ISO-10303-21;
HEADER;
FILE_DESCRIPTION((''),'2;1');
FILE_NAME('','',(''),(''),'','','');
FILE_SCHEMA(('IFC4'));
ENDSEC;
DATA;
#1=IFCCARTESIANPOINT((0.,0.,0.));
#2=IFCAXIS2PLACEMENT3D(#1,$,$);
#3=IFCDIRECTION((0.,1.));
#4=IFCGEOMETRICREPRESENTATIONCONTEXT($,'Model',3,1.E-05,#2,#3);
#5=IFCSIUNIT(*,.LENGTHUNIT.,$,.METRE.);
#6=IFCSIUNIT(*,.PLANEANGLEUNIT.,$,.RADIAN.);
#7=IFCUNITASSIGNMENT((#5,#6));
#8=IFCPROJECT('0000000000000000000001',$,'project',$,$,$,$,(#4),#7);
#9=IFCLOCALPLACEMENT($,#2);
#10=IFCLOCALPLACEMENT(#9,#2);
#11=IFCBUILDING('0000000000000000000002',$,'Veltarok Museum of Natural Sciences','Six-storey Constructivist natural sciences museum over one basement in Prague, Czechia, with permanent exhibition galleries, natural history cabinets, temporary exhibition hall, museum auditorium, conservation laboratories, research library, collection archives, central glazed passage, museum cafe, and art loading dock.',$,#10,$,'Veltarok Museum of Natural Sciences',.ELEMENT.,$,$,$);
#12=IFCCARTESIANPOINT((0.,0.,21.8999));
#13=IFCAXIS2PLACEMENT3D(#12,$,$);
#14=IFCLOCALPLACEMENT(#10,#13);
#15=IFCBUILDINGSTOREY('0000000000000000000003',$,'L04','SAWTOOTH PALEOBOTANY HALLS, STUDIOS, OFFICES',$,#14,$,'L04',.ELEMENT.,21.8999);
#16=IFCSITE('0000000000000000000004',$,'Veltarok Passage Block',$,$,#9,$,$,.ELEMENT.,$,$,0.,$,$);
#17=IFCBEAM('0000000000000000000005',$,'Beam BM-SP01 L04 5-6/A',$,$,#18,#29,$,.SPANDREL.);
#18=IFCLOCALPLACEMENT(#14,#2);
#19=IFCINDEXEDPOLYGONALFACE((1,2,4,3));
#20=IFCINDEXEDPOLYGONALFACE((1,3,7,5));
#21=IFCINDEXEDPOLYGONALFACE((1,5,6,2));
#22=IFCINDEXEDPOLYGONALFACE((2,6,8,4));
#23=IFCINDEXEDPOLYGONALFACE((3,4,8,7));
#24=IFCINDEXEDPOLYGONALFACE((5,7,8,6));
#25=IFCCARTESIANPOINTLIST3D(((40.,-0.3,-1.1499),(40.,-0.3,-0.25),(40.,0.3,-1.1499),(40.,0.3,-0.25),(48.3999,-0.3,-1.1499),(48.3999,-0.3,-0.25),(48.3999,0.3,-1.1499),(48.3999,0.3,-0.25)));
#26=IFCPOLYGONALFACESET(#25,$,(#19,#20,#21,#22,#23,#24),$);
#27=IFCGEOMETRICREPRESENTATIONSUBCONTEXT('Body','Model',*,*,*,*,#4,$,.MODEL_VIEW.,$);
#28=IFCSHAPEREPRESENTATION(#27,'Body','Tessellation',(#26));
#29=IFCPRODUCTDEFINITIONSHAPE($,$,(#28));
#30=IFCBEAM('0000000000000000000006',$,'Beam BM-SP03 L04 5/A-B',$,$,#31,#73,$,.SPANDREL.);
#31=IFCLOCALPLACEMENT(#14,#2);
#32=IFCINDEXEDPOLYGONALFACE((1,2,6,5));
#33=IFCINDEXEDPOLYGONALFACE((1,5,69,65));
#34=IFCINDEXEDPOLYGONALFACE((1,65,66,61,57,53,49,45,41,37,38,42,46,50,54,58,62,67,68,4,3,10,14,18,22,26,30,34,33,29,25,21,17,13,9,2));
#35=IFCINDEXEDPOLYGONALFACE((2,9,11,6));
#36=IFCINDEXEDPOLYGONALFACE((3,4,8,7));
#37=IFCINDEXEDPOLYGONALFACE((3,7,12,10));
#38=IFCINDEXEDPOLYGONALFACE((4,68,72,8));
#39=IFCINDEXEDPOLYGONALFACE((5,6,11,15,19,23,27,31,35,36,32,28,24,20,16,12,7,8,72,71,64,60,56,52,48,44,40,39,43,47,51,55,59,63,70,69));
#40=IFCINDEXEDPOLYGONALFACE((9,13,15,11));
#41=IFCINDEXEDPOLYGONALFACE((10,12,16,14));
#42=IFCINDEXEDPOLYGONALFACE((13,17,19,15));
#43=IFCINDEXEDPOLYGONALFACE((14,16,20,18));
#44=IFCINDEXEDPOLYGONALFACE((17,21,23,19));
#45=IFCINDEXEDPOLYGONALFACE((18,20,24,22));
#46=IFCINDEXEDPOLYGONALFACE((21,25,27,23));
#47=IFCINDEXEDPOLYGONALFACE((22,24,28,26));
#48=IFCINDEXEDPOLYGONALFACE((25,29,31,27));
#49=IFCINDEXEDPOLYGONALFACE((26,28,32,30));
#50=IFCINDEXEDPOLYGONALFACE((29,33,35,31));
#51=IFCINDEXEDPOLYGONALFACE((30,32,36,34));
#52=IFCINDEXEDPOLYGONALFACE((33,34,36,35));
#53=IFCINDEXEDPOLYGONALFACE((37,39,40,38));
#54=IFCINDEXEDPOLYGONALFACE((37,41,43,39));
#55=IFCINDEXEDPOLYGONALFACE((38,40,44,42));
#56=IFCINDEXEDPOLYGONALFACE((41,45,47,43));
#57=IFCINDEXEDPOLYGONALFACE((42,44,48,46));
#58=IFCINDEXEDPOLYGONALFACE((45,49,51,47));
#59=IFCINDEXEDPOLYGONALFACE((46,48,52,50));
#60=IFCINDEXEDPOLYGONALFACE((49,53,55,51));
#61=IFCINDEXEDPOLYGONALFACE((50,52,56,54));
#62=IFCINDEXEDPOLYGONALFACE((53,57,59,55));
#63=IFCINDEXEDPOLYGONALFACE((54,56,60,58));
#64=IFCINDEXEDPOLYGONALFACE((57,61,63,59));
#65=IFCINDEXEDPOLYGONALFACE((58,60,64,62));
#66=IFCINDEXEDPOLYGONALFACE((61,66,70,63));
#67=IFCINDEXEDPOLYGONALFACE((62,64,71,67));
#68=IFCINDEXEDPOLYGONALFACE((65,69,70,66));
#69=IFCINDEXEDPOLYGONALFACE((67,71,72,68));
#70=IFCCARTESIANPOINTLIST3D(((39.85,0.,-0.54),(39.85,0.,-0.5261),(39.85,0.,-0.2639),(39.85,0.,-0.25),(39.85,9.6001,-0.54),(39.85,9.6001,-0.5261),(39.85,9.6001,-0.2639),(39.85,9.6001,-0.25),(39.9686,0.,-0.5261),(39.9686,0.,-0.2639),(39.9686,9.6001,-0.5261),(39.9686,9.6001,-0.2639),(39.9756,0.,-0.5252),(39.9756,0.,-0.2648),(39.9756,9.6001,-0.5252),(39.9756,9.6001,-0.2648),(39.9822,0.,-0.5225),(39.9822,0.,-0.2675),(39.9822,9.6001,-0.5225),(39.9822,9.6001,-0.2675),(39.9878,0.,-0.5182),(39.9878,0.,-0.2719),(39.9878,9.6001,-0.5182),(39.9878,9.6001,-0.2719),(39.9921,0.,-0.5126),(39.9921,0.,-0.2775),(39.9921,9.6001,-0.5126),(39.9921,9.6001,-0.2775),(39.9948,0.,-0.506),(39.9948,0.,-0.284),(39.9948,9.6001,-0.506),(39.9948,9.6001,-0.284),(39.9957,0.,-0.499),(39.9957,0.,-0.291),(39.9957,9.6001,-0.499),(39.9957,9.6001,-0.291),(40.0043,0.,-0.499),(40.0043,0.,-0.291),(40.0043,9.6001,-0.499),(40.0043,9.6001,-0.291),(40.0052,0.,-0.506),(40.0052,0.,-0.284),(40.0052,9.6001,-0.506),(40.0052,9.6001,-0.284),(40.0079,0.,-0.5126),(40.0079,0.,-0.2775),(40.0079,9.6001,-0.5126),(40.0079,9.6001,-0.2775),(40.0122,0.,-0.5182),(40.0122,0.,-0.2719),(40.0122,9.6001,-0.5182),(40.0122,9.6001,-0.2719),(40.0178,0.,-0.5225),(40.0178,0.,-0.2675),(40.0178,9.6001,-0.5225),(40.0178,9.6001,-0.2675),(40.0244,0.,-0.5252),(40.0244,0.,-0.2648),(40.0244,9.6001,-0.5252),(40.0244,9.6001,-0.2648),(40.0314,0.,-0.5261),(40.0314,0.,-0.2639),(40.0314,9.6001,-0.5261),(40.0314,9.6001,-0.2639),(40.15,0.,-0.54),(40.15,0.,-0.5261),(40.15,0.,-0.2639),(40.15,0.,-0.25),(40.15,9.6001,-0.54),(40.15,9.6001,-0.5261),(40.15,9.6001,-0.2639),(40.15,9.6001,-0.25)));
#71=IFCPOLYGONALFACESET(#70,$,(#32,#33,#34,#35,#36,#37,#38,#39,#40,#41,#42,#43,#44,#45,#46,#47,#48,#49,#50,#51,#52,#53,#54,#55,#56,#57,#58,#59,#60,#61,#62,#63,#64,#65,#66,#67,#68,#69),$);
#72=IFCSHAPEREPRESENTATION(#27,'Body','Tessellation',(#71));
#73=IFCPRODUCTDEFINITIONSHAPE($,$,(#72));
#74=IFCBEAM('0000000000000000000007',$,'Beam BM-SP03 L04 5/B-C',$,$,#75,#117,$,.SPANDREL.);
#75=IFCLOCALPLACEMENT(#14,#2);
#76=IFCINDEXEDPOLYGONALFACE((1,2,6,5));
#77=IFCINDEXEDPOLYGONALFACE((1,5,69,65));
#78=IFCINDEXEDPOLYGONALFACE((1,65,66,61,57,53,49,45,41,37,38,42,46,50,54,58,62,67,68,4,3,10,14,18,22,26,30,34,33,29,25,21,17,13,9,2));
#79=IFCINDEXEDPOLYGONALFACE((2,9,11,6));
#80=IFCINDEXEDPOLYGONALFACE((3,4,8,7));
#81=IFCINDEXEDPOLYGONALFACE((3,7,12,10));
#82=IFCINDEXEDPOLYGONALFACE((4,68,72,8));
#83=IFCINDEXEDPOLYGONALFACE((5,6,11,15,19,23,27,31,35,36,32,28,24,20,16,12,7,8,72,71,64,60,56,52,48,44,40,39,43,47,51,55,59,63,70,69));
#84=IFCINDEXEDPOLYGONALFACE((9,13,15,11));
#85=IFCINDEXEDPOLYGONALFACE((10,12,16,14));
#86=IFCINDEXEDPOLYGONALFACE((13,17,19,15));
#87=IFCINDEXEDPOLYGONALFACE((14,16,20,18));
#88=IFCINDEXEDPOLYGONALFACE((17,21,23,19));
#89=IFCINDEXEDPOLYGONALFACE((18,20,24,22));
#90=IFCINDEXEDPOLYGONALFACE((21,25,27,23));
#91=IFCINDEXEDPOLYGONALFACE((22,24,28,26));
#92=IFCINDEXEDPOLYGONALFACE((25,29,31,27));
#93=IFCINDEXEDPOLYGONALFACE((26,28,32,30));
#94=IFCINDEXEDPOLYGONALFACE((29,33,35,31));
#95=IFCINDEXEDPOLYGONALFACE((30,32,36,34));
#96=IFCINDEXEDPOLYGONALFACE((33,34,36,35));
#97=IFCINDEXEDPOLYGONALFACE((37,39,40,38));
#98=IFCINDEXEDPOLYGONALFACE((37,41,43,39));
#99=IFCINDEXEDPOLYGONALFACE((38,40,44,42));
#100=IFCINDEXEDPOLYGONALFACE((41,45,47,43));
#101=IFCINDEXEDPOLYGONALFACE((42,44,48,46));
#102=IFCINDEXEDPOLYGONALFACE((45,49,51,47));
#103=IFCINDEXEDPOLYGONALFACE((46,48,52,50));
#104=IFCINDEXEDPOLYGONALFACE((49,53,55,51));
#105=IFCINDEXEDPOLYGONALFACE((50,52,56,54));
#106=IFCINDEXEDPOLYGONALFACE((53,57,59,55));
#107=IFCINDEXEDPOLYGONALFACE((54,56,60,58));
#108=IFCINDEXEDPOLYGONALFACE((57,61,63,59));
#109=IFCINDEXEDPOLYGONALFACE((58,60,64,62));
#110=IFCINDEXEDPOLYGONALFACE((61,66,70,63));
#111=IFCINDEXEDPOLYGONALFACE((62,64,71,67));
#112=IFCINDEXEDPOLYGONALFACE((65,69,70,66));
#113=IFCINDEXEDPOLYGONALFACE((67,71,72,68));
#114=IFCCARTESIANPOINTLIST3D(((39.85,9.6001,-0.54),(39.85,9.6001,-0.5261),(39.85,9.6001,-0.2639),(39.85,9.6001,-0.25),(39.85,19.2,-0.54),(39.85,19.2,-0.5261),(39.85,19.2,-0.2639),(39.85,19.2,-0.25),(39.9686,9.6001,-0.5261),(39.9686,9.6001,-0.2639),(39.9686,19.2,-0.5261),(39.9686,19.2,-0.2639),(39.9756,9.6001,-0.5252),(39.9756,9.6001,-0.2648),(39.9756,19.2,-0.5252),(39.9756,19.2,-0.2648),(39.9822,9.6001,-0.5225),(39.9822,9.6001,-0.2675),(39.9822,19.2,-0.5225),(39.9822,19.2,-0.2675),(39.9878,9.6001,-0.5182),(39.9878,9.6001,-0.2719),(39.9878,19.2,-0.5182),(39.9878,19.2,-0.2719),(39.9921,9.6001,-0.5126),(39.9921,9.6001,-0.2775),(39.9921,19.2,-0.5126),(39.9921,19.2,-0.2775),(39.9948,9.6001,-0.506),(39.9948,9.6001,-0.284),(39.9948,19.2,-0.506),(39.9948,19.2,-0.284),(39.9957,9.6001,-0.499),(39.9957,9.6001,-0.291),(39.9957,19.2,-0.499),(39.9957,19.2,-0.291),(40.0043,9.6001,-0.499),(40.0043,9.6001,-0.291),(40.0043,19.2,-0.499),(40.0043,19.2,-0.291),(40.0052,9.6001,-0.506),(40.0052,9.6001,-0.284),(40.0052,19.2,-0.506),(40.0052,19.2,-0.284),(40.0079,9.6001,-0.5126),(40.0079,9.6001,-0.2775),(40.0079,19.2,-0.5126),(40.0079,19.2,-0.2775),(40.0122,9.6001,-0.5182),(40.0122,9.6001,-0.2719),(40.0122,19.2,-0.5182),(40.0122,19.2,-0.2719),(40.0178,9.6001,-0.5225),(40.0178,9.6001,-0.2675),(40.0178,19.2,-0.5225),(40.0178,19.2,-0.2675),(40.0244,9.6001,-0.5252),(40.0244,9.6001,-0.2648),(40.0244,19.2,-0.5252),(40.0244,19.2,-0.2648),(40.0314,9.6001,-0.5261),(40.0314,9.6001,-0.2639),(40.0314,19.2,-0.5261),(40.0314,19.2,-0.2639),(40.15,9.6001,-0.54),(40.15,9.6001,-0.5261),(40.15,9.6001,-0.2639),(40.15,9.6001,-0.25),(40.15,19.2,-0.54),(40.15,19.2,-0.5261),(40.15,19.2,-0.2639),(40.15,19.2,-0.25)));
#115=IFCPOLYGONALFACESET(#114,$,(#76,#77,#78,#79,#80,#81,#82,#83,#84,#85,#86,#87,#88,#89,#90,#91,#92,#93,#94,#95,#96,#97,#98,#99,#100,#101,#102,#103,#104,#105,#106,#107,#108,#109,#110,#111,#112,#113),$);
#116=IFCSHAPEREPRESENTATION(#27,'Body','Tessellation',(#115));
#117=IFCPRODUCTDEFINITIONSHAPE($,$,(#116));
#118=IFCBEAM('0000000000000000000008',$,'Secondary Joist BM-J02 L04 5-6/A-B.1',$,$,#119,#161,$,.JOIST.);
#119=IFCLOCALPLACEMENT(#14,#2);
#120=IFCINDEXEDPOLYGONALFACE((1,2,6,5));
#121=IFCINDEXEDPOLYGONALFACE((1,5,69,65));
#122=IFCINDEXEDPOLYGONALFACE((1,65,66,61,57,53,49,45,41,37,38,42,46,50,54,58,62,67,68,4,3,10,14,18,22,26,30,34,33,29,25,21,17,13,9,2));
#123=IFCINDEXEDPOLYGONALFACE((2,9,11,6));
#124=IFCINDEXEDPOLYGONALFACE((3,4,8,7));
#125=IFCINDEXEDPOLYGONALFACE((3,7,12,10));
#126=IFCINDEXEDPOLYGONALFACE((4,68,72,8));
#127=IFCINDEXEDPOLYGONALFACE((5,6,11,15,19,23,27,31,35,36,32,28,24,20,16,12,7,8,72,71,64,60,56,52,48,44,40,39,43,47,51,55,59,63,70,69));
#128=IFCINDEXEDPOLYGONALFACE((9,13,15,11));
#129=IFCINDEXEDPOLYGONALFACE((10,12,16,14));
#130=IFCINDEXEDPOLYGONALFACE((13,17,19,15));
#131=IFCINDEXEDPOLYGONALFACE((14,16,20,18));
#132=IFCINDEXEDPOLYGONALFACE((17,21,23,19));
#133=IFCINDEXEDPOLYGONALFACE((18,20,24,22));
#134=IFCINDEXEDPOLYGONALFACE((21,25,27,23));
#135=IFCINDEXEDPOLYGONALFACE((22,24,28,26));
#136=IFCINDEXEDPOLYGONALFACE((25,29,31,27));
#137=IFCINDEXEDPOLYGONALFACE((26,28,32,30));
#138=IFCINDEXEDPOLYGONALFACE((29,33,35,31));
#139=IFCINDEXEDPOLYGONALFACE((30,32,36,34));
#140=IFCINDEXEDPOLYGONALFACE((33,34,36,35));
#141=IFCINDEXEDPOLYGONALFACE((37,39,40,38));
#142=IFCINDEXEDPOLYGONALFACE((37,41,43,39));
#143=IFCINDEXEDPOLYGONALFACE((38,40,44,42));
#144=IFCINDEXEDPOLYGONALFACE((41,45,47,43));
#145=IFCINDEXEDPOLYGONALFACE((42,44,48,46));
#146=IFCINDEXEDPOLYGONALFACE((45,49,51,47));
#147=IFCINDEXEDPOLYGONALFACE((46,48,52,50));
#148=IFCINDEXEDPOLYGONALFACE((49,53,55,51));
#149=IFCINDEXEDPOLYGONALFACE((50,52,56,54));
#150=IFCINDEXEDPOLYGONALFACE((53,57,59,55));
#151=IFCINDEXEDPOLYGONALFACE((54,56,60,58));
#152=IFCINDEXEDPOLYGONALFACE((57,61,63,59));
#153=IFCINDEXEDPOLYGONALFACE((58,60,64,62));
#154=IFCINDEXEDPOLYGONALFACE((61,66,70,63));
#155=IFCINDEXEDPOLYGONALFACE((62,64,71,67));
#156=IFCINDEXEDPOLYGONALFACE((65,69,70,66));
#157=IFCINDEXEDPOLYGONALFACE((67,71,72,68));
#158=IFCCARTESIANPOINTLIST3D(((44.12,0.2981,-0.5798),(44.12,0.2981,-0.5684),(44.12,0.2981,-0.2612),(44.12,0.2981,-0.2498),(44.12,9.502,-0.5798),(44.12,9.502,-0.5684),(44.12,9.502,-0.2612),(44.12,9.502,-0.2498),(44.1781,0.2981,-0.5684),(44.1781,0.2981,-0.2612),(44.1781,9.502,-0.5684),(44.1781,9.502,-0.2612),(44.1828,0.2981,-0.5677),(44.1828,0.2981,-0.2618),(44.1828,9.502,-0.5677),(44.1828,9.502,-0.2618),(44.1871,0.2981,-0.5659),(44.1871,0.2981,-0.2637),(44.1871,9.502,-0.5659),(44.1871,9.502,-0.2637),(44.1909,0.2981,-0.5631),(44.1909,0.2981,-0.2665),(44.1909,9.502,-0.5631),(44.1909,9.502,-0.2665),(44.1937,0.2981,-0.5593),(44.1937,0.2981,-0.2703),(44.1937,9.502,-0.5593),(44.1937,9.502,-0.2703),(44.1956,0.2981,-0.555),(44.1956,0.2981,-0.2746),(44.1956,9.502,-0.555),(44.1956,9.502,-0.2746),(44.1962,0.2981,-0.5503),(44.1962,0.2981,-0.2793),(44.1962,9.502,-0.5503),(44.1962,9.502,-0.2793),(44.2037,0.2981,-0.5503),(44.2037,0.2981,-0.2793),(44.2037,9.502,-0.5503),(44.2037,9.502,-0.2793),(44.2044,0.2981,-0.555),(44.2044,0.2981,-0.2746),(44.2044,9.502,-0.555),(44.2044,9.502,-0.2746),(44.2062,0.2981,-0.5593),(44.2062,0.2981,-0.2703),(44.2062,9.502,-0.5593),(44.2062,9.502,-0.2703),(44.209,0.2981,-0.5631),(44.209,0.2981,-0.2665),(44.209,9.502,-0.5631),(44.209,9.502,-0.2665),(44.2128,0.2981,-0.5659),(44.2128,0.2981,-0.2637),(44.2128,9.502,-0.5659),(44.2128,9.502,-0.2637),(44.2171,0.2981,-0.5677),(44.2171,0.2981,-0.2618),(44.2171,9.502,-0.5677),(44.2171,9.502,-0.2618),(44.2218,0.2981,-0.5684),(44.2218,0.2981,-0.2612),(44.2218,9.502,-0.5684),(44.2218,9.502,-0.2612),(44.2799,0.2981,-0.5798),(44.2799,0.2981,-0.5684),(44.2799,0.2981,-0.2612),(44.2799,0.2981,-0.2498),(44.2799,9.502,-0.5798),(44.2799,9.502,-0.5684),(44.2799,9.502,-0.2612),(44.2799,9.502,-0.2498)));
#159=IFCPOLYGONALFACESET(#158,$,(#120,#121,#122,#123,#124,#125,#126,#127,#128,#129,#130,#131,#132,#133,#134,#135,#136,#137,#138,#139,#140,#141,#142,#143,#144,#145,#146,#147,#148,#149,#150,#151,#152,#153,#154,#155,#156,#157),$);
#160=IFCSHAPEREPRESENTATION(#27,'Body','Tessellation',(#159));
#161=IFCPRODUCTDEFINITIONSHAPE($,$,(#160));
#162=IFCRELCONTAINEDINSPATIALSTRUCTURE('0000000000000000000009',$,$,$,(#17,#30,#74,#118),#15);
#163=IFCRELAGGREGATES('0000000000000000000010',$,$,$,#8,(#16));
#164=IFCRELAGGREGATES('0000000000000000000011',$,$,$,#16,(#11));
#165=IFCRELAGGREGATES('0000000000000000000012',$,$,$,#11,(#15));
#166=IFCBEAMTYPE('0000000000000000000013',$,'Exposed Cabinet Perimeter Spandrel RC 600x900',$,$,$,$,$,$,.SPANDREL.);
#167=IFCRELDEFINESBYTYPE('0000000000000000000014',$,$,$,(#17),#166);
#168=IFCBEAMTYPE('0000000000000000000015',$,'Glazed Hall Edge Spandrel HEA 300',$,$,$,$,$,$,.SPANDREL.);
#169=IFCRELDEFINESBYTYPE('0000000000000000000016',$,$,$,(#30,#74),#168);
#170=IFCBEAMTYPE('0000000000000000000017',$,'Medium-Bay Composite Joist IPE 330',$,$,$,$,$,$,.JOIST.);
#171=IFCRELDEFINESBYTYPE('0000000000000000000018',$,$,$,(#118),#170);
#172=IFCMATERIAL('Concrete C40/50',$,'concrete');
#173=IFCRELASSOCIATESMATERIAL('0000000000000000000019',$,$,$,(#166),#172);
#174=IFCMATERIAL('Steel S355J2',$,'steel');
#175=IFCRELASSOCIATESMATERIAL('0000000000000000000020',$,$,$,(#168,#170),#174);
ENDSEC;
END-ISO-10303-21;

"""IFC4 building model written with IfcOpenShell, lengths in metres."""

from ifc_helpers import new_model, si_unit, direction, frame, origin, origin_2d, place, context, subcontext, project, spatial, rectangle, i_section, extrude, material, material_profile, profile_set, type_object, element, save


model = new_model("IFC4")

# Units and contexts
model_context = context("Model", 3, precision=1e-05, world=origin(), true_north=direction((0.0, 1.0)))
body_context = subcontext(model_context, "Body", "Model", "MODEL_VIEW")
ifc_project = project(units=[si_unit("LENGTHUNIT", "METRE"), si_unit("PLANEANGLEUNIT", "RADIAN")], contexts=[model_context])

# Site, building, storey
site_placement = place(None, origin())
site = spatial("IfcSite", under=ifc_project, at=site_placement, Name="Veltarok Passage Block", CompositionType="ELEMENT", RefElevation=0.0)
building_placement = place(site_placement, origin())
building = spatial("IfcBuilding", under=site, at=building_placement, Name="Veltarok Museum of Natural Sciences", Description="Six-storey Constructivist natural sciences museum over one basement in Prague, Czechia, with permanent exhibition galleries, natural history cabinets, temporary exhibition hall, museum auditorium, conservation laboratories, research library, collection archives, central glazed passage, museum cafe, and art loading dock.", LongName="Veltarok Museum of Natural Sciences", CompositionType="ELEMENT")
storey_placement = place(building_placement, frame((0.0, 0.0, 21.8999)))
storey = spatial("IfcBuildingStorey", under=building, at=storey_placement, Name="L04", Description="SAWTOOTH PALEOBOTANY HALLS, STUDIOS, OFFICES", LongName="L04", CompositionType="ELEMENT", Elevation=21.8999)

# Shared definitions
ifc_material_1 = material(Name="Concrete C40/50", Category="concrete")
ifc_material_2 = material(Name="Steel S355J2", Category="steel")

# Beams
ifc_material_profile_1 = material_profile(ifc_material_1, rectangle(XDim=0.6001, YDim=0.8999, at=origin_2d()), Name="RC 600x900")
ifc_profile_set_1 = profile_set([ifc_material_profile_1], Name="Concrete C40/50")
beam_type_1 = type_object("IfcBeamType", Name="Exposed Cabinet Perimeter Spandrel RC 600x900", PredefinedType="SPANDREL", material=ifc_profile_set_1)
beam_1_placement = place(storey_placement, frame((40.0, 0.0, -0.7), z_axis=(1.0, 0.0, 0.0), x_axis=(0.0, 1.0, 0.0)))
element("IfcBeam", 1, at=beam_1_placement, inside=storey, type_object=beam_type_1, Name="Beam BM-SP01 L04 5-6/A", PredefinedType="SPANDREL", context=body_context, shape_type="SweptSolid", body=[
    extrude(rectangle(XDim=0.6001, YDim=0.8999, at=origin_2d()), origin(), (0.0, 0.0, 1.0), 8.3999),
])
ifc_material_profile_2 = material_profile(ifc_material_2, i_section(OverallWidth=0.3, OverallDepth=0.29, WebThickness=0.0085, FlangeThickness=0.0139, FilletRadius=0.0271, at=origin_2d()), Name="HEA 300")
ifc_profile_set_2 = profile_set([ifc_material_profile_2], Name="Steel S355J2")
beam_type_2 = type_object("IfcBeamType", Name="Glazed Hall Edge Spandrel HEA 300", PredefinedType="SPANDREL", material=ifc_profile_set_2)
beam_2_placement = place(storey_placement, frame((40.0, 0.0, -0.395), z_axis=(0.0, 1.0, 0.0), x_axis=(-1.0, 0.0, 0.0)))
element("IfcBeam", 2, at=beam_2_placement, inside=storey, type_object=beam_type_2, Name="Beam BM-SP03 L04 5/A-B", PredefinedType="SPANDREL", context=body_context, shape_type="SweptSolid", body=[
    extrude(i_section(OverallWidth=0.3, OverallDepth=0.29, WebThickness=0.0085, FlangeThickness=0.0139, FilletRadius=0.0271, at=origin_2d()), origin(), (0.0, 0.0, 1.0), 9.6001),
])
beam_3_placement = place(storey_placement, frame((40.0, 9.6001, -0.395), z_axis=(0.0, 1.0, 0.0), x_axis=(-1.0, 0.0, 0.0)))
element("IfcBeam", 3, at=beam_3_placement, inside=storey, type_object=beam_type_2, Name="Beam BM-SP03 L04 5/B-C", PredefinedType="SPANDREL", context=body_context, shape_type="SweptSolid", body=[
    extrude(i_section(OverallWidth=0.3, OverallDepth=0.29, WebThickness=0.0085, FlangeThickness=0.0139, FilletRadius=0.0271, at=origin_2d()), origin(), (0.0, 0.0, 1.0), 9.5999),
])
ifc_material_profile_3 = material_profile(ifc_material_2, i_section(OverallWidth=0.1599, OverallDepth=0.3301, WebThickness=0.0076, FlangeThickness=0.0115, FilletRadius=0.0181, at=origin_2d()), Name="IPE 330")
ifc_profile_set_3 = profile_set([ifc_material_profile_3], Name="Steel S355J2")
beam_type_3 = type_object("IfcBeamType", Name="Medium-Bay Composite Joist IPE 330", PredefinedType="JOIST", material=ifc_profile_set_3)
beam_4_placement = place(storey_placement, frame((44.2, 0.2981, -0.4148), z_axis=(0.0, 1.0, 0.0), x_axis=(-1.0, 0.0, 0.0)))
element("IfcBeam", 4, at=beam_4_placement, inside=storey, type_object=beam_type_3, Name="Secondary Joist BM-J02 L04 5-6/A-B.1", PredefinedType="JOIST", context=body_context, shape_type="SweptSolid", body=[
    extrude(i_section(OverallWidth=0.1599, OverallDepth=0.3301, WebThickness=0.0076, FlangeThickness=0.0115, FilletRadius=0.0181, at=origin_2d()), origin(), (0.0, 0.0, 1.0), 9.2039),
])

save(model, "model.ifc")
